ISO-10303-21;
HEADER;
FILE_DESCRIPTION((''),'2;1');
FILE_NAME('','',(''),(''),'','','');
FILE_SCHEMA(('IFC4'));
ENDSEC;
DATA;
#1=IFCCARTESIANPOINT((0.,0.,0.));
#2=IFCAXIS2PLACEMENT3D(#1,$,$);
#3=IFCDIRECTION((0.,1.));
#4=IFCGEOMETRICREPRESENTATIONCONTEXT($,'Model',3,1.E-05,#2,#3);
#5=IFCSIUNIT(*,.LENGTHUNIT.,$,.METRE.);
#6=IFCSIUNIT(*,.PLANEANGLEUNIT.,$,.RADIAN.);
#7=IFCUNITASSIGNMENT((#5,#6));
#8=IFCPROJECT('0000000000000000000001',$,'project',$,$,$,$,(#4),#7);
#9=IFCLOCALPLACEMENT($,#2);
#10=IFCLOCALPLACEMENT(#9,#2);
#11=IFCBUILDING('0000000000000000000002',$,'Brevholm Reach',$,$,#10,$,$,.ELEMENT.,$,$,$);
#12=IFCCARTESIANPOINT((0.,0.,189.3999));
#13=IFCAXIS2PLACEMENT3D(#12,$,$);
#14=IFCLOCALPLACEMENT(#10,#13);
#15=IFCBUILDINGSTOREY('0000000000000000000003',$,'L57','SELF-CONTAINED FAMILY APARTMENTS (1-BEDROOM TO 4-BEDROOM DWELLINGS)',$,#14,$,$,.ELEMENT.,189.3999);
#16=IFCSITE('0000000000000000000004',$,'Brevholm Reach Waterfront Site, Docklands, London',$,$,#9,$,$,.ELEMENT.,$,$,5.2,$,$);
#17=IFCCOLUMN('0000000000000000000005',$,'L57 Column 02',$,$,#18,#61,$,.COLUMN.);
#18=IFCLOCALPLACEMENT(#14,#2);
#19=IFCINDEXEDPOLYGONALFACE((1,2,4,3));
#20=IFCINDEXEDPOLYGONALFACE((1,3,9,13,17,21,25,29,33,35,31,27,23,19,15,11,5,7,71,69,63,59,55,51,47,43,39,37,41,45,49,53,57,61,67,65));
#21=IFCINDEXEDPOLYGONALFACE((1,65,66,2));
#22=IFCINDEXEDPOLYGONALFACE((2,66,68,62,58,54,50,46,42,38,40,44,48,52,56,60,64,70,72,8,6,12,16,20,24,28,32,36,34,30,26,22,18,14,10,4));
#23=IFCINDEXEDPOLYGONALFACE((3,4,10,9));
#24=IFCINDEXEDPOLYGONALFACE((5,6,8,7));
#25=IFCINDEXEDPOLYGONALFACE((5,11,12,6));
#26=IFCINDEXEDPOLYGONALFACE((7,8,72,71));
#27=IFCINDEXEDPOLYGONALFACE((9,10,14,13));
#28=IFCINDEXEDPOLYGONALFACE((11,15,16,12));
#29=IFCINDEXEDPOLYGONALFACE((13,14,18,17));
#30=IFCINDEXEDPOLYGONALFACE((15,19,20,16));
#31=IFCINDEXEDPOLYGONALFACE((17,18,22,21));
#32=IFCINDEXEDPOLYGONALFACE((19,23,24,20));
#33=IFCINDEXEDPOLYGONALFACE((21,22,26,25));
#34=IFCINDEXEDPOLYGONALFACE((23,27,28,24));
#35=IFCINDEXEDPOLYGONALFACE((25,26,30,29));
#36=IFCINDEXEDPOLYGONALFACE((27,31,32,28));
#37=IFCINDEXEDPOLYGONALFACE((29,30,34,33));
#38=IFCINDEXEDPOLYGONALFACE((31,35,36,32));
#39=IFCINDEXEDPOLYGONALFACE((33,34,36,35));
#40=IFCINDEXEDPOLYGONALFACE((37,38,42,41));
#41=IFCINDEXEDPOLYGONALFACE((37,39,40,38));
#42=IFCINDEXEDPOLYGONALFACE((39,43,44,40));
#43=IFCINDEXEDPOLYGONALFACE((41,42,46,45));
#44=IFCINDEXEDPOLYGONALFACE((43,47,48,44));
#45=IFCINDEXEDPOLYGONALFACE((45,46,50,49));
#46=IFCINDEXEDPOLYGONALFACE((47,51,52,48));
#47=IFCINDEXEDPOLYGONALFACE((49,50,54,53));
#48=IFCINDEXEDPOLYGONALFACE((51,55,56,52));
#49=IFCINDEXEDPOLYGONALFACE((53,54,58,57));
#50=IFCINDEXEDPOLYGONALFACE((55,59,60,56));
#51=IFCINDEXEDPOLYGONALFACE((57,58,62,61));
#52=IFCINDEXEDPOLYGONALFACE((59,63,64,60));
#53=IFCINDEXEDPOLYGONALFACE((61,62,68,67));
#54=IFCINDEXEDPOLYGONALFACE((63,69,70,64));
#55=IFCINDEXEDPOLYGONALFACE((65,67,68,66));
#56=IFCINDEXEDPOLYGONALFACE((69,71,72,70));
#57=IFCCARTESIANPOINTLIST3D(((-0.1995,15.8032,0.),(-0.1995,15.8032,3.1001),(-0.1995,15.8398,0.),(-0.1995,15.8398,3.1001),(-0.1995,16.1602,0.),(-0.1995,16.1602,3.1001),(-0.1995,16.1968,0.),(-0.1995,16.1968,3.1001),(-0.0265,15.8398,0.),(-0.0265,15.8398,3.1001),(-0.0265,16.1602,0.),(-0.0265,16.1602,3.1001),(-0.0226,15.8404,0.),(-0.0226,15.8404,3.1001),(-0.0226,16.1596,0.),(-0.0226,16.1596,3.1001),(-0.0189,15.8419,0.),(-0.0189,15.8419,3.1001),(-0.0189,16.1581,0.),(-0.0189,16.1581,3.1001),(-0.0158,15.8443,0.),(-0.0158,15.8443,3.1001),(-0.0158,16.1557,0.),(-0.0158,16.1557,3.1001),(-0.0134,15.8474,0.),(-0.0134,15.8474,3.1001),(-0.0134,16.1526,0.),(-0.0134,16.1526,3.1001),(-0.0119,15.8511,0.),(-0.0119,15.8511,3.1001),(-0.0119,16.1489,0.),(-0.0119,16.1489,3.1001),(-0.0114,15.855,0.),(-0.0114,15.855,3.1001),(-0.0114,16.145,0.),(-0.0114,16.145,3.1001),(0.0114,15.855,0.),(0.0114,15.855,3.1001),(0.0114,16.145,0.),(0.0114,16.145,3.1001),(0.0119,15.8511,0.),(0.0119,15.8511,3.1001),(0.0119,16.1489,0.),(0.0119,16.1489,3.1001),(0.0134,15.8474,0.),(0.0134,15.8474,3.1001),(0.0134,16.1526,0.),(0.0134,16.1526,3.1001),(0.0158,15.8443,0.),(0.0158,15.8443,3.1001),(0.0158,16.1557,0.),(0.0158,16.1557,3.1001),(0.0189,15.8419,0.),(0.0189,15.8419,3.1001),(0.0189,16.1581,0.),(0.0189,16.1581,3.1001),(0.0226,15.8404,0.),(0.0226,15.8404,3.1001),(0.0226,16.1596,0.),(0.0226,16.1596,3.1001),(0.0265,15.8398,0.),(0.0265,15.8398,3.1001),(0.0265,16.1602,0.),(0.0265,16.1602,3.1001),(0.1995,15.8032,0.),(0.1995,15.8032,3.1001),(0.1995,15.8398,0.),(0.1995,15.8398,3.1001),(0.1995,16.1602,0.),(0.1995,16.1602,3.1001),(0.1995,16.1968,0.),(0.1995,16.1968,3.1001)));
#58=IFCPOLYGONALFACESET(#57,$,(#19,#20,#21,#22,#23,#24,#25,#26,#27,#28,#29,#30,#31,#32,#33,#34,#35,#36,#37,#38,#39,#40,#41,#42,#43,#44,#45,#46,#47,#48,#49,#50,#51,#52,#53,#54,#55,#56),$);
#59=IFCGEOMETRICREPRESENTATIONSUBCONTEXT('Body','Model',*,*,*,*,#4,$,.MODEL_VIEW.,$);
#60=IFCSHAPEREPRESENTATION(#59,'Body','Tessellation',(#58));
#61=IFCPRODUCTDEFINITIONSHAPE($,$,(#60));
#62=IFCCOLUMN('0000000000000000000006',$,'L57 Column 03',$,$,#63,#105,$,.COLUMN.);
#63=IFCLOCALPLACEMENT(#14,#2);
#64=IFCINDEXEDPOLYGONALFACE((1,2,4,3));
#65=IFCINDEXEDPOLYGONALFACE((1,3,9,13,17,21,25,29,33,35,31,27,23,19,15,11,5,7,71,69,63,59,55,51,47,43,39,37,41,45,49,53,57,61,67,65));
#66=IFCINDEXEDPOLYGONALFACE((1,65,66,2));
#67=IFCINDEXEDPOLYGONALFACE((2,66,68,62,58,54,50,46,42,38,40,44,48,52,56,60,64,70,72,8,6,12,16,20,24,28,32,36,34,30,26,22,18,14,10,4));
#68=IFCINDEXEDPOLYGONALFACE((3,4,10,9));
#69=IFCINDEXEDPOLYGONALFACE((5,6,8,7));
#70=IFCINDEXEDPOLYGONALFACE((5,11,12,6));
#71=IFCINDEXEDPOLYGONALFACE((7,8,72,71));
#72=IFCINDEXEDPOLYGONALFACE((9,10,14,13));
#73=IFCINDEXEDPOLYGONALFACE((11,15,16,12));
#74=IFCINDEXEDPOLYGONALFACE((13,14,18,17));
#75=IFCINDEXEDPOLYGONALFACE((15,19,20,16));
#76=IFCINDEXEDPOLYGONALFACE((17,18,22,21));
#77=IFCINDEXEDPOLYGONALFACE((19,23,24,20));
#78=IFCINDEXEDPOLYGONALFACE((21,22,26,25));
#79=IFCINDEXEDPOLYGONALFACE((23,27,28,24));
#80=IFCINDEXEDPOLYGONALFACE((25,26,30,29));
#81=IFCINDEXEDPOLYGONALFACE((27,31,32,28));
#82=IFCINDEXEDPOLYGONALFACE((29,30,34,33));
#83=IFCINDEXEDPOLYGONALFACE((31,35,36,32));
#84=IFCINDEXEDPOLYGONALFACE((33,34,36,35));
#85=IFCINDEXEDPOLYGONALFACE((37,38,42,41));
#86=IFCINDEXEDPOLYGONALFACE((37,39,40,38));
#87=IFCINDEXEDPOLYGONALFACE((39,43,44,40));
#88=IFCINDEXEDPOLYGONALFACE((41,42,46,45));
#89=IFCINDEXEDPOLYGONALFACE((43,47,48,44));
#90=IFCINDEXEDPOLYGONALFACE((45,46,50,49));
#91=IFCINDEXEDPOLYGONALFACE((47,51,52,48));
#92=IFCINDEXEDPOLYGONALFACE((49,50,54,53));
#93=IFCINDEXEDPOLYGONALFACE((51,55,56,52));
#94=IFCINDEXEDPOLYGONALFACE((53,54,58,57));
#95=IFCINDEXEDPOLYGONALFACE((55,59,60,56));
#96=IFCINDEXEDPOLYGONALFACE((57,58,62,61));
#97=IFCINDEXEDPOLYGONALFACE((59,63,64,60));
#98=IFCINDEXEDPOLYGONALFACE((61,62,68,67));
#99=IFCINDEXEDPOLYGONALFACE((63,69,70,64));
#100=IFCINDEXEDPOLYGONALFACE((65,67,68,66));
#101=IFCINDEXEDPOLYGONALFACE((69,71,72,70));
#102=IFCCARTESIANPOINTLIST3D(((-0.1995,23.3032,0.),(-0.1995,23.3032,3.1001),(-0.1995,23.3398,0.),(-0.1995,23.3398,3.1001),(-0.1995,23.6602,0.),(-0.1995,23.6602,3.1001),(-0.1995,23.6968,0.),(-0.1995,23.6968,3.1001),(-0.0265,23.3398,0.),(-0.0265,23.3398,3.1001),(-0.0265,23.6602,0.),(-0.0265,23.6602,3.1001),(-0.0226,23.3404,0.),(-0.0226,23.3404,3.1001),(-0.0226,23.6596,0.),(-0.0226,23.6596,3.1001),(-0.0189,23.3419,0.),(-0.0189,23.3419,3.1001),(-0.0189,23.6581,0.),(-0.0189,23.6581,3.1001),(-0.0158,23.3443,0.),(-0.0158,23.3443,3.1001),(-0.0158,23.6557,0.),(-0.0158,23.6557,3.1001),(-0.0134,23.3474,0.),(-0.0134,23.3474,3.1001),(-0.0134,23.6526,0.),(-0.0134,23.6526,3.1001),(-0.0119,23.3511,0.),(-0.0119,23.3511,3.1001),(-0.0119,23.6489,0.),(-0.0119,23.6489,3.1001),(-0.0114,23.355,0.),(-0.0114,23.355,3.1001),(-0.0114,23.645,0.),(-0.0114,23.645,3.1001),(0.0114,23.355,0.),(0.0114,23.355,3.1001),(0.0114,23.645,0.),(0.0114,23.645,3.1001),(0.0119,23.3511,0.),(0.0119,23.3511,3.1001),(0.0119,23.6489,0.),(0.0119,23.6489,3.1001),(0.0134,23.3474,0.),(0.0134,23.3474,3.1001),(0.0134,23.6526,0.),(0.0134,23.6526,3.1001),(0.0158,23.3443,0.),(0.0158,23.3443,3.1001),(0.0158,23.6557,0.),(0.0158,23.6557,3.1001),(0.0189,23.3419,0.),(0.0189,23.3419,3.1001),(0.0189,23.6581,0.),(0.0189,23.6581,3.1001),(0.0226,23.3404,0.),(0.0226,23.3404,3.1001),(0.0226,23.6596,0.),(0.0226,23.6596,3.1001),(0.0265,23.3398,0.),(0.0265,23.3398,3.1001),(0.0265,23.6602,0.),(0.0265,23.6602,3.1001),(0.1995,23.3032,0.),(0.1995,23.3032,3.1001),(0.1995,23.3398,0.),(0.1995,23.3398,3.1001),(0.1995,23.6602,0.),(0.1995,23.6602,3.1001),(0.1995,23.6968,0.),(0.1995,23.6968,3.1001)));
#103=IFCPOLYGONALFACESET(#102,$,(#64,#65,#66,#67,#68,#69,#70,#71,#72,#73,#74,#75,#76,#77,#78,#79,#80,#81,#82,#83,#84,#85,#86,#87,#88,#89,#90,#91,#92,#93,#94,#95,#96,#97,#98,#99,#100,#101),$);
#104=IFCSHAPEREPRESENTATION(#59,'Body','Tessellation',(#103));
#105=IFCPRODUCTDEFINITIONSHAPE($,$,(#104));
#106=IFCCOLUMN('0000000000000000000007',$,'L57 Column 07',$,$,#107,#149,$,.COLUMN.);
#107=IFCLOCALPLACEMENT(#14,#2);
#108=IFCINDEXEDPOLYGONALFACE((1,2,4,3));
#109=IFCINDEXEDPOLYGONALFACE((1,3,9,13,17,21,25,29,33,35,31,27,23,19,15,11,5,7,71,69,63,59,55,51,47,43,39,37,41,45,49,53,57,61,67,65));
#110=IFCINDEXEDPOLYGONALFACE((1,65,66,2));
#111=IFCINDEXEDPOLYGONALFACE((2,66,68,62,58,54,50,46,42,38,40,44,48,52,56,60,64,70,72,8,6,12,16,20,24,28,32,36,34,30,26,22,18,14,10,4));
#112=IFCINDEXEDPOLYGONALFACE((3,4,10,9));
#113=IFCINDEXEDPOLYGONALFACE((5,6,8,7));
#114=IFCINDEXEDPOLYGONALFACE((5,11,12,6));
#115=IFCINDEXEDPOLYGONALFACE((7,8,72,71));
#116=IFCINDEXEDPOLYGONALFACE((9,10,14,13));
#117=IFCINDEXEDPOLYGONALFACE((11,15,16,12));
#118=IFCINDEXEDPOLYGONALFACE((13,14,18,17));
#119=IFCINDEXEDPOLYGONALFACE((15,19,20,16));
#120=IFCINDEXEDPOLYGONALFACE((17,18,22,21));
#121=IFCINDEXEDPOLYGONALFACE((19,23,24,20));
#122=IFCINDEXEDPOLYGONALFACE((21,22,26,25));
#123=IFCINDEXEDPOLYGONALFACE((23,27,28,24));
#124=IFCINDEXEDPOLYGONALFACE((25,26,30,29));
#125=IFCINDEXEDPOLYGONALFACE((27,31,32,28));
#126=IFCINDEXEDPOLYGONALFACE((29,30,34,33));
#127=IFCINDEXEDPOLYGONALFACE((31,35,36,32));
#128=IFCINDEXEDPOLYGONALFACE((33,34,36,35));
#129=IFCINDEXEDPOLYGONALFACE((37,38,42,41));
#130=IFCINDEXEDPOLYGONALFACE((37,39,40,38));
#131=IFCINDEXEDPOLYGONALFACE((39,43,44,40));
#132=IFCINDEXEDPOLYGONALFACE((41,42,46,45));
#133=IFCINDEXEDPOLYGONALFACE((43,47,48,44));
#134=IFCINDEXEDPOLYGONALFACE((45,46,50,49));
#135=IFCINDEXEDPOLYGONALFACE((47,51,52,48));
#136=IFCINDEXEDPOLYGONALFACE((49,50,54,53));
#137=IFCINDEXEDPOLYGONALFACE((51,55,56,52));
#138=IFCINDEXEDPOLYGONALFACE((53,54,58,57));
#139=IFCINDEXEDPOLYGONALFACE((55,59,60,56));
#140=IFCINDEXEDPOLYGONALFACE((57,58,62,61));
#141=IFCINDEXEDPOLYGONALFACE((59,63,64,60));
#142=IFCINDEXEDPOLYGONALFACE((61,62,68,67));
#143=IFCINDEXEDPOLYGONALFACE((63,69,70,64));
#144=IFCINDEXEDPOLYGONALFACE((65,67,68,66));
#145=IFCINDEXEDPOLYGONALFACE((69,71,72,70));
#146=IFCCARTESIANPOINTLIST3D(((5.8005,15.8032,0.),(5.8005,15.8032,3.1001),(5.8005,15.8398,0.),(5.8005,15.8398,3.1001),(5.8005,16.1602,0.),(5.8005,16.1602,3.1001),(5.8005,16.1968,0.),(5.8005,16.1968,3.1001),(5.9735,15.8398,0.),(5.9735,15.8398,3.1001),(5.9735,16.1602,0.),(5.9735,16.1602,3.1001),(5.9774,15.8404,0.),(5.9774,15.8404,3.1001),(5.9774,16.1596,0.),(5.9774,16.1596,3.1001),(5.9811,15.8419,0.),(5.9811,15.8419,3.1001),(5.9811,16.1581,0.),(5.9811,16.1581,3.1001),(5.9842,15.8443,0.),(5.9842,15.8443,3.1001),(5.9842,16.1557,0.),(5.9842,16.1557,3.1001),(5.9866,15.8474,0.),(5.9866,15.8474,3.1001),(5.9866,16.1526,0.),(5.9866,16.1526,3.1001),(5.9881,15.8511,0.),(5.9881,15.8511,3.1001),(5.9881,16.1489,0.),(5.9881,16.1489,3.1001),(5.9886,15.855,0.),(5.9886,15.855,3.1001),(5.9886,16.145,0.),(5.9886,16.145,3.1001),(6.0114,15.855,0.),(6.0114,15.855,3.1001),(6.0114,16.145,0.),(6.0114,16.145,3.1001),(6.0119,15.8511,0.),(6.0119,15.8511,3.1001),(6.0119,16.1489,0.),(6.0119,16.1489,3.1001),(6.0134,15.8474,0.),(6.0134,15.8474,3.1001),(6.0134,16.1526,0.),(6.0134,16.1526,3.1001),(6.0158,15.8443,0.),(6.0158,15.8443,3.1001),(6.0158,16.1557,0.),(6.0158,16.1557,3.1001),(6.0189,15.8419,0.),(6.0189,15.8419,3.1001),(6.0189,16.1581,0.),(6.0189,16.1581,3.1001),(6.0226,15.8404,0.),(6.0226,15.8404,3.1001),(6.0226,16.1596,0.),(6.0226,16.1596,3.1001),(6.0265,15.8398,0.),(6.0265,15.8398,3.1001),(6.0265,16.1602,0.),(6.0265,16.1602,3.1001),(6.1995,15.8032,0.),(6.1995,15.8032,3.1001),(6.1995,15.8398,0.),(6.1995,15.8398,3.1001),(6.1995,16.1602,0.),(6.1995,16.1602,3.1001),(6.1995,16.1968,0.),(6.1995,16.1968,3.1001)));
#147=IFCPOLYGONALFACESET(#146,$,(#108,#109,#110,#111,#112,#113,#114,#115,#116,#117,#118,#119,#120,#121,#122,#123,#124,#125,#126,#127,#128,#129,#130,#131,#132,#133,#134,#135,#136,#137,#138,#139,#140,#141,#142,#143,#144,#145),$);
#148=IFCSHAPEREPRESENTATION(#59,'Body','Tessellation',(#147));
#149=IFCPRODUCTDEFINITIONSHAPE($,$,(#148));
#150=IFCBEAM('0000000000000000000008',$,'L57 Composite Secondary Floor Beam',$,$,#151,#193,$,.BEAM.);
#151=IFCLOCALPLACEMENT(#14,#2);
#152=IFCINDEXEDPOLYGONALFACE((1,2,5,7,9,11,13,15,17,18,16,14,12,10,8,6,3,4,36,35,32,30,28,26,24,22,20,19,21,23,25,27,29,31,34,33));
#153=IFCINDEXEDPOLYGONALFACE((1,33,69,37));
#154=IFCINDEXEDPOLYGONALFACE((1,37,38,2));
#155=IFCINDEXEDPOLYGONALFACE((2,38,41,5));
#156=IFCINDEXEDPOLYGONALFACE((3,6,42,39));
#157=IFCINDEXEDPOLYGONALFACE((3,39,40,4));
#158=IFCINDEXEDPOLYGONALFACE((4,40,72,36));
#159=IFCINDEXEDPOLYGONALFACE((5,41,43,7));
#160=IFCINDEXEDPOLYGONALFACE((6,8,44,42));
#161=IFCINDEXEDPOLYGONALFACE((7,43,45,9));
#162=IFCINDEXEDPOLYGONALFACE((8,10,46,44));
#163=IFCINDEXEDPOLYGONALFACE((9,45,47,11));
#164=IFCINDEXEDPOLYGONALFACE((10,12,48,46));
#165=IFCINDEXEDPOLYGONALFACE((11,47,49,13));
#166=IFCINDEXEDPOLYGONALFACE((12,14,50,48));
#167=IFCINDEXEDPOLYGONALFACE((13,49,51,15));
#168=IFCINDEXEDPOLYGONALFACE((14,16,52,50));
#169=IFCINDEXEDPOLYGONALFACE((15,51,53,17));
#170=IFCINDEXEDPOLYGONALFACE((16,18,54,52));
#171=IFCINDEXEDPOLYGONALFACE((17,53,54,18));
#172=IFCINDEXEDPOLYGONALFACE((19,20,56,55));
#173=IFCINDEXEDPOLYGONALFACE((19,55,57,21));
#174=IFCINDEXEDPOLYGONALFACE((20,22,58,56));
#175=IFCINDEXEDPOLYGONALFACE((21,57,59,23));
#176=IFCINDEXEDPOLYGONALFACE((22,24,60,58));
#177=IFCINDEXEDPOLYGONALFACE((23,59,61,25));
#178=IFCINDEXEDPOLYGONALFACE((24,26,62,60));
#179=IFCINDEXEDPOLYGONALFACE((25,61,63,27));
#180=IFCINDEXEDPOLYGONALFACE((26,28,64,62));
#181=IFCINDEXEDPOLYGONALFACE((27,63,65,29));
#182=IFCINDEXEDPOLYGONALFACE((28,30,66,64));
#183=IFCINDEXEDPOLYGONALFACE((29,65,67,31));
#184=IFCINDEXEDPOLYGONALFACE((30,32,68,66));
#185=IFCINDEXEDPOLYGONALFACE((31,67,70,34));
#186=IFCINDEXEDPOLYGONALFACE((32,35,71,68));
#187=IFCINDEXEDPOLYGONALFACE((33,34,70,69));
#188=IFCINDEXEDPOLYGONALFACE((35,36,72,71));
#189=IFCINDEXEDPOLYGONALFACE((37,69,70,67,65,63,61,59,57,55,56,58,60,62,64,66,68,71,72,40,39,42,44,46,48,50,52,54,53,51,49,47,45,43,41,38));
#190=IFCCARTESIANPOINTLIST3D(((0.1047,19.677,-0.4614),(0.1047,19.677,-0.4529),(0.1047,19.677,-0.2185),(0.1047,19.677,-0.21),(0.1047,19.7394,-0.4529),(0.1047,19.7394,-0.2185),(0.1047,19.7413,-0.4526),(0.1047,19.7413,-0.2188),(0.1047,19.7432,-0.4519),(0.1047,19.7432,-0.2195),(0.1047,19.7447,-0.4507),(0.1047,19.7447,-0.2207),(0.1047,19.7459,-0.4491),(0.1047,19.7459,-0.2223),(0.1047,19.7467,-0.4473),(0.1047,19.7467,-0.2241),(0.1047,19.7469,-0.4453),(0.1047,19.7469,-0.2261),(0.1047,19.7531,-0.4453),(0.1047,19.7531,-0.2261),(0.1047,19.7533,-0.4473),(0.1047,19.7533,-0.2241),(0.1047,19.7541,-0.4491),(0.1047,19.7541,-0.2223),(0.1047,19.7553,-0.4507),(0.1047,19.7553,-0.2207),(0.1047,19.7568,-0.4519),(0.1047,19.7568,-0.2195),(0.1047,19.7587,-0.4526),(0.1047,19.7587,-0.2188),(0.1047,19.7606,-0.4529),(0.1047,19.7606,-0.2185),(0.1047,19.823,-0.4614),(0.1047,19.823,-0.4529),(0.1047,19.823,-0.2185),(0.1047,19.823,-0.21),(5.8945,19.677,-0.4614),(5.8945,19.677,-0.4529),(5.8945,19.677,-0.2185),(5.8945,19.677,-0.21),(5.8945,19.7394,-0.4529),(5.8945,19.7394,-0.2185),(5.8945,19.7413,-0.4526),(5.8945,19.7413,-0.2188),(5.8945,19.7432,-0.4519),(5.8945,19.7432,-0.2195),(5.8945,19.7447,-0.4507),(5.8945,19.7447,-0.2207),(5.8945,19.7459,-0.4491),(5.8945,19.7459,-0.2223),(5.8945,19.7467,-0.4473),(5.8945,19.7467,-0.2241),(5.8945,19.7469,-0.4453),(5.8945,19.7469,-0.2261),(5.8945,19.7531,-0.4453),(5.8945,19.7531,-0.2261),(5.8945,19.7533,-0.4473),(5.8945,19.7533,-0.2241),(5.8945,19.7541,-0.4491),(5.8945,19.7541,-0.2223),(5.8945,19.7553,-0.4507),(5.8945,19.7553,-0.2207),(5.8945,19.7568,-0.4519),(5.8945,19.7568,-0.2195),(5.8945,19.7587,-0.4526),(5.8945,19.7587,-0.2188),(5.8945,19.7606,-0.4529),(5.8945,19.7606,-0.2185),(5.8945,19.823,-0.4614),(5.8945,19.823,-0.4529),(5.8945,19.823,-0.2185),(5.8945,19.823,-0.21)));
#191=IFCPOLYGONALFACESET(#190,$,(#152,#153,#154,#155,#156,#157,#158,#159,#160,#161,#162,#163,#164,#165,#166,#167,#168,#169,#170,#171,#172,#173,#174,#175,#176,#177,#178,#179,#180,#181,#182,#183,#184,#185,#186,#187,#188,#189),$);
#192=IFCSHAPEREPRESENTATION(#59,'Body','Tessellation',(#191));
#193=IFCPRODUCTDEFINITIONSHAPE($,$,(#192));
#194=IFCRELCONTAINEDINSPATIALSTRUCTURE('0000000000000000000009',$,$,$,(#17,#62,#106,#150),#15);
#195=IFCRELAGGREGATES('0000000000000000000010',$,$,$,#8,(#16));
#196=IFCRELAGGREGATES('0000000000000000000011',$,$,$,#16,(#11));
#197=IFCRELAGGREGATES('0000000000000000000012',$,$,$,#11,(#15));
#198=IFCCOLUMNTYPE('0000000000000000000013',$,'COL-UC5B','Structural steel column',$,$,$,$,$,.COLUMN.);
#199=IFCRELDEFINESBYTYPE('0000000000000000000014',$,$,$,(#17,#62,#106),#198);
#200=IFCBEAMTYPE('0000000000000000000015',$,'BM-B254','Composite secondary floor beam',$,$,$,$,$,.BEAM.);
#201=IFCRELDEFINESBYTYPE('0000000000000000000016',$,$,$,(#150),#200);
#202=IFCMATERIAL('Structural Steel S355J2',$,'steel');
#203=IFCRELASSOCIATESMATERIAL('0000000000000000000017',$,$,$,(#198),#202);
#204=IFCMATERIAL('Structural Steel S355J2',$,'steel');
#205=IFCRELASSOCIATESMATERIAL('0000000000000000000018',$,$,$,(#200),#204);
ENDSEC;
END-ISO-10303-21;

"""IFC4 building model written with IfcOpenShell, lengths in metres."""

from ifc_helpers import new_model, si_unit, direction, frame, origin, origin_2d, place, context, subcontext, project, spatial, i_section, extrude, material, material_profile, profile_set, type_object, element, save


model = new_model("IFC4")

# Units and contexts
model_context = context("Model", 3, precision=1e-05, world=origin(), true_north=direction((0.0, 1.0)))
body_context = subcontext(model_context, "Body", "Model", "MODEL_VIEW")
ifc_project = project(units=[si_unit("LENGTHUNIT", "METRE"), si_unit("PLANEANGLEUNIT", "RADIAN")], contexts=[model_context])

# Site, building, storey
site_placement = place(None, origin())
site = spatial("IfcSite", under=ifc_project, at=site_placement, Name="Brevholm Reach Waterfront Site, Docklands, London", CompositionType="ELEMENT", RefElevation=5.2)
building_placement = place(site_placement, origin())
building = spatial("IfcBuilding", under=site, at=building_placement, Name="Brevholm Reach", CompositionType="ELEMENT")
storey_placement = place(building_placement, frame((0.0, 0.0, 189.3999)))
storey = spatial("IfcBuildingStorey", under=building, at=storey_placement, Name="L57", Description="SELF-CONTAINED FAMILY APARTMENTS (1-BEDROOM TO 4-BEDROOM DWELLINGS)", CompositionType="ELEMENT", Elevation=189.3999)

# Columns
ifc_material_1 = material(Name="Structural Steel S355J2", Category="steel")
ifc_material_profile_1 = material_profile(ifc_material_1, i_section(OverallWidth=0.3989, OverallDepth=0.3936, WebThickness=0.0227, FlangeThickness=0.0366, FilletRadius=0.0151, at=origin_2d()), Name="UKC 356x406x287")
ifc_profile_set_1 = profile_set([ifc_material_profile_1], Name="Structural Steel S355J2")
column_type = type_object("IfcColumnType", Name="COL-UC5B", Description="Structural steel column", PredefinedType="COLUMN", material=ifc_profile_set_1)
for number, where, z_axis, x_axis, name in (
    (1, (0.0, 16.0, 0.0), (0.0, 0.0, 1.0), (1.0, 0.0, 0.0), "L57 Column 02"),
    (2, (0.0, 23.5, 0.0), (0.0, 0.0, 1.0), (1.0, 0.0, 0.0), "L57 Column 03"),
    (3, (6.0, 16.0, 0.0), (0.0, 0.0, 1.0), (1.0, 0.0, 0.0), "L57 Column 07"),
):
    element("IfcColumn", number, at=place(storey_placement, frame(where, z_axis=z_axis, x_axis=x_axis)), inside=storey, type_object=column_type, Name=name, PredefinedType="COLUMN", context=body_context, shape_type="SweptSolid", body=[
        extrude(i_section(OverallWidth=0.3989, OverallDepth=0.3936, WebThickness=0.0227, FlangeThickness=0.0366, FilletRadius=0.0151, at=origin_2d()), origin(), (0.0, 0.0, 1.0), 3.1001),
    ])

# Beam
ifc_material_2 = material(Name="Structural Steel S355J2", Category="steel")
ifc_material_profile_2 = material_profile(ifc_material_2, i_section(OverallWidth=0.146, OverallDepth=0.2515, WebThickness=0.0061, FlangeThickness=0.0085, FilletRadius=0.0076, at=origin_2d()), Name="UKB 254x146x31")
ifc_profile_set_2 = profile_set([ifc_material_profile_2], Name="Structural Steel S355J2")
beam_type_1 = type_object("IfcBeamType", Name="BM-B254", Description="Composite secondary floor beam", PredefinedType="BEAM", material=ifc_profile_set_2)
beam_1_placement = place(storey_placement, frame((0.1047, 19.75, -0.3357), z_axis=(1.0, 0.0, 0.0), x_axis=(0.0, 1.0, 0.0)))
element("IfcBeam", 4, at=beam_1_placement, inside=storey, type_object=beam_type_1, Name="L57 Composite Secondary Floor Beam", PredefinedType="BEAM", context=body_context, shape_type="SweptSolid", body=[
    extrude(i_section(OverallWidth=0.146, OverallDepth=0.2515, WebThickness=0.0061, FlangeThickness=0.0085, FilletRadius=0.0076, at=origin_2d()), origin(), (0.0, 0.0, 1.0), 5.7898),
])

save(model, "model.ifc")
